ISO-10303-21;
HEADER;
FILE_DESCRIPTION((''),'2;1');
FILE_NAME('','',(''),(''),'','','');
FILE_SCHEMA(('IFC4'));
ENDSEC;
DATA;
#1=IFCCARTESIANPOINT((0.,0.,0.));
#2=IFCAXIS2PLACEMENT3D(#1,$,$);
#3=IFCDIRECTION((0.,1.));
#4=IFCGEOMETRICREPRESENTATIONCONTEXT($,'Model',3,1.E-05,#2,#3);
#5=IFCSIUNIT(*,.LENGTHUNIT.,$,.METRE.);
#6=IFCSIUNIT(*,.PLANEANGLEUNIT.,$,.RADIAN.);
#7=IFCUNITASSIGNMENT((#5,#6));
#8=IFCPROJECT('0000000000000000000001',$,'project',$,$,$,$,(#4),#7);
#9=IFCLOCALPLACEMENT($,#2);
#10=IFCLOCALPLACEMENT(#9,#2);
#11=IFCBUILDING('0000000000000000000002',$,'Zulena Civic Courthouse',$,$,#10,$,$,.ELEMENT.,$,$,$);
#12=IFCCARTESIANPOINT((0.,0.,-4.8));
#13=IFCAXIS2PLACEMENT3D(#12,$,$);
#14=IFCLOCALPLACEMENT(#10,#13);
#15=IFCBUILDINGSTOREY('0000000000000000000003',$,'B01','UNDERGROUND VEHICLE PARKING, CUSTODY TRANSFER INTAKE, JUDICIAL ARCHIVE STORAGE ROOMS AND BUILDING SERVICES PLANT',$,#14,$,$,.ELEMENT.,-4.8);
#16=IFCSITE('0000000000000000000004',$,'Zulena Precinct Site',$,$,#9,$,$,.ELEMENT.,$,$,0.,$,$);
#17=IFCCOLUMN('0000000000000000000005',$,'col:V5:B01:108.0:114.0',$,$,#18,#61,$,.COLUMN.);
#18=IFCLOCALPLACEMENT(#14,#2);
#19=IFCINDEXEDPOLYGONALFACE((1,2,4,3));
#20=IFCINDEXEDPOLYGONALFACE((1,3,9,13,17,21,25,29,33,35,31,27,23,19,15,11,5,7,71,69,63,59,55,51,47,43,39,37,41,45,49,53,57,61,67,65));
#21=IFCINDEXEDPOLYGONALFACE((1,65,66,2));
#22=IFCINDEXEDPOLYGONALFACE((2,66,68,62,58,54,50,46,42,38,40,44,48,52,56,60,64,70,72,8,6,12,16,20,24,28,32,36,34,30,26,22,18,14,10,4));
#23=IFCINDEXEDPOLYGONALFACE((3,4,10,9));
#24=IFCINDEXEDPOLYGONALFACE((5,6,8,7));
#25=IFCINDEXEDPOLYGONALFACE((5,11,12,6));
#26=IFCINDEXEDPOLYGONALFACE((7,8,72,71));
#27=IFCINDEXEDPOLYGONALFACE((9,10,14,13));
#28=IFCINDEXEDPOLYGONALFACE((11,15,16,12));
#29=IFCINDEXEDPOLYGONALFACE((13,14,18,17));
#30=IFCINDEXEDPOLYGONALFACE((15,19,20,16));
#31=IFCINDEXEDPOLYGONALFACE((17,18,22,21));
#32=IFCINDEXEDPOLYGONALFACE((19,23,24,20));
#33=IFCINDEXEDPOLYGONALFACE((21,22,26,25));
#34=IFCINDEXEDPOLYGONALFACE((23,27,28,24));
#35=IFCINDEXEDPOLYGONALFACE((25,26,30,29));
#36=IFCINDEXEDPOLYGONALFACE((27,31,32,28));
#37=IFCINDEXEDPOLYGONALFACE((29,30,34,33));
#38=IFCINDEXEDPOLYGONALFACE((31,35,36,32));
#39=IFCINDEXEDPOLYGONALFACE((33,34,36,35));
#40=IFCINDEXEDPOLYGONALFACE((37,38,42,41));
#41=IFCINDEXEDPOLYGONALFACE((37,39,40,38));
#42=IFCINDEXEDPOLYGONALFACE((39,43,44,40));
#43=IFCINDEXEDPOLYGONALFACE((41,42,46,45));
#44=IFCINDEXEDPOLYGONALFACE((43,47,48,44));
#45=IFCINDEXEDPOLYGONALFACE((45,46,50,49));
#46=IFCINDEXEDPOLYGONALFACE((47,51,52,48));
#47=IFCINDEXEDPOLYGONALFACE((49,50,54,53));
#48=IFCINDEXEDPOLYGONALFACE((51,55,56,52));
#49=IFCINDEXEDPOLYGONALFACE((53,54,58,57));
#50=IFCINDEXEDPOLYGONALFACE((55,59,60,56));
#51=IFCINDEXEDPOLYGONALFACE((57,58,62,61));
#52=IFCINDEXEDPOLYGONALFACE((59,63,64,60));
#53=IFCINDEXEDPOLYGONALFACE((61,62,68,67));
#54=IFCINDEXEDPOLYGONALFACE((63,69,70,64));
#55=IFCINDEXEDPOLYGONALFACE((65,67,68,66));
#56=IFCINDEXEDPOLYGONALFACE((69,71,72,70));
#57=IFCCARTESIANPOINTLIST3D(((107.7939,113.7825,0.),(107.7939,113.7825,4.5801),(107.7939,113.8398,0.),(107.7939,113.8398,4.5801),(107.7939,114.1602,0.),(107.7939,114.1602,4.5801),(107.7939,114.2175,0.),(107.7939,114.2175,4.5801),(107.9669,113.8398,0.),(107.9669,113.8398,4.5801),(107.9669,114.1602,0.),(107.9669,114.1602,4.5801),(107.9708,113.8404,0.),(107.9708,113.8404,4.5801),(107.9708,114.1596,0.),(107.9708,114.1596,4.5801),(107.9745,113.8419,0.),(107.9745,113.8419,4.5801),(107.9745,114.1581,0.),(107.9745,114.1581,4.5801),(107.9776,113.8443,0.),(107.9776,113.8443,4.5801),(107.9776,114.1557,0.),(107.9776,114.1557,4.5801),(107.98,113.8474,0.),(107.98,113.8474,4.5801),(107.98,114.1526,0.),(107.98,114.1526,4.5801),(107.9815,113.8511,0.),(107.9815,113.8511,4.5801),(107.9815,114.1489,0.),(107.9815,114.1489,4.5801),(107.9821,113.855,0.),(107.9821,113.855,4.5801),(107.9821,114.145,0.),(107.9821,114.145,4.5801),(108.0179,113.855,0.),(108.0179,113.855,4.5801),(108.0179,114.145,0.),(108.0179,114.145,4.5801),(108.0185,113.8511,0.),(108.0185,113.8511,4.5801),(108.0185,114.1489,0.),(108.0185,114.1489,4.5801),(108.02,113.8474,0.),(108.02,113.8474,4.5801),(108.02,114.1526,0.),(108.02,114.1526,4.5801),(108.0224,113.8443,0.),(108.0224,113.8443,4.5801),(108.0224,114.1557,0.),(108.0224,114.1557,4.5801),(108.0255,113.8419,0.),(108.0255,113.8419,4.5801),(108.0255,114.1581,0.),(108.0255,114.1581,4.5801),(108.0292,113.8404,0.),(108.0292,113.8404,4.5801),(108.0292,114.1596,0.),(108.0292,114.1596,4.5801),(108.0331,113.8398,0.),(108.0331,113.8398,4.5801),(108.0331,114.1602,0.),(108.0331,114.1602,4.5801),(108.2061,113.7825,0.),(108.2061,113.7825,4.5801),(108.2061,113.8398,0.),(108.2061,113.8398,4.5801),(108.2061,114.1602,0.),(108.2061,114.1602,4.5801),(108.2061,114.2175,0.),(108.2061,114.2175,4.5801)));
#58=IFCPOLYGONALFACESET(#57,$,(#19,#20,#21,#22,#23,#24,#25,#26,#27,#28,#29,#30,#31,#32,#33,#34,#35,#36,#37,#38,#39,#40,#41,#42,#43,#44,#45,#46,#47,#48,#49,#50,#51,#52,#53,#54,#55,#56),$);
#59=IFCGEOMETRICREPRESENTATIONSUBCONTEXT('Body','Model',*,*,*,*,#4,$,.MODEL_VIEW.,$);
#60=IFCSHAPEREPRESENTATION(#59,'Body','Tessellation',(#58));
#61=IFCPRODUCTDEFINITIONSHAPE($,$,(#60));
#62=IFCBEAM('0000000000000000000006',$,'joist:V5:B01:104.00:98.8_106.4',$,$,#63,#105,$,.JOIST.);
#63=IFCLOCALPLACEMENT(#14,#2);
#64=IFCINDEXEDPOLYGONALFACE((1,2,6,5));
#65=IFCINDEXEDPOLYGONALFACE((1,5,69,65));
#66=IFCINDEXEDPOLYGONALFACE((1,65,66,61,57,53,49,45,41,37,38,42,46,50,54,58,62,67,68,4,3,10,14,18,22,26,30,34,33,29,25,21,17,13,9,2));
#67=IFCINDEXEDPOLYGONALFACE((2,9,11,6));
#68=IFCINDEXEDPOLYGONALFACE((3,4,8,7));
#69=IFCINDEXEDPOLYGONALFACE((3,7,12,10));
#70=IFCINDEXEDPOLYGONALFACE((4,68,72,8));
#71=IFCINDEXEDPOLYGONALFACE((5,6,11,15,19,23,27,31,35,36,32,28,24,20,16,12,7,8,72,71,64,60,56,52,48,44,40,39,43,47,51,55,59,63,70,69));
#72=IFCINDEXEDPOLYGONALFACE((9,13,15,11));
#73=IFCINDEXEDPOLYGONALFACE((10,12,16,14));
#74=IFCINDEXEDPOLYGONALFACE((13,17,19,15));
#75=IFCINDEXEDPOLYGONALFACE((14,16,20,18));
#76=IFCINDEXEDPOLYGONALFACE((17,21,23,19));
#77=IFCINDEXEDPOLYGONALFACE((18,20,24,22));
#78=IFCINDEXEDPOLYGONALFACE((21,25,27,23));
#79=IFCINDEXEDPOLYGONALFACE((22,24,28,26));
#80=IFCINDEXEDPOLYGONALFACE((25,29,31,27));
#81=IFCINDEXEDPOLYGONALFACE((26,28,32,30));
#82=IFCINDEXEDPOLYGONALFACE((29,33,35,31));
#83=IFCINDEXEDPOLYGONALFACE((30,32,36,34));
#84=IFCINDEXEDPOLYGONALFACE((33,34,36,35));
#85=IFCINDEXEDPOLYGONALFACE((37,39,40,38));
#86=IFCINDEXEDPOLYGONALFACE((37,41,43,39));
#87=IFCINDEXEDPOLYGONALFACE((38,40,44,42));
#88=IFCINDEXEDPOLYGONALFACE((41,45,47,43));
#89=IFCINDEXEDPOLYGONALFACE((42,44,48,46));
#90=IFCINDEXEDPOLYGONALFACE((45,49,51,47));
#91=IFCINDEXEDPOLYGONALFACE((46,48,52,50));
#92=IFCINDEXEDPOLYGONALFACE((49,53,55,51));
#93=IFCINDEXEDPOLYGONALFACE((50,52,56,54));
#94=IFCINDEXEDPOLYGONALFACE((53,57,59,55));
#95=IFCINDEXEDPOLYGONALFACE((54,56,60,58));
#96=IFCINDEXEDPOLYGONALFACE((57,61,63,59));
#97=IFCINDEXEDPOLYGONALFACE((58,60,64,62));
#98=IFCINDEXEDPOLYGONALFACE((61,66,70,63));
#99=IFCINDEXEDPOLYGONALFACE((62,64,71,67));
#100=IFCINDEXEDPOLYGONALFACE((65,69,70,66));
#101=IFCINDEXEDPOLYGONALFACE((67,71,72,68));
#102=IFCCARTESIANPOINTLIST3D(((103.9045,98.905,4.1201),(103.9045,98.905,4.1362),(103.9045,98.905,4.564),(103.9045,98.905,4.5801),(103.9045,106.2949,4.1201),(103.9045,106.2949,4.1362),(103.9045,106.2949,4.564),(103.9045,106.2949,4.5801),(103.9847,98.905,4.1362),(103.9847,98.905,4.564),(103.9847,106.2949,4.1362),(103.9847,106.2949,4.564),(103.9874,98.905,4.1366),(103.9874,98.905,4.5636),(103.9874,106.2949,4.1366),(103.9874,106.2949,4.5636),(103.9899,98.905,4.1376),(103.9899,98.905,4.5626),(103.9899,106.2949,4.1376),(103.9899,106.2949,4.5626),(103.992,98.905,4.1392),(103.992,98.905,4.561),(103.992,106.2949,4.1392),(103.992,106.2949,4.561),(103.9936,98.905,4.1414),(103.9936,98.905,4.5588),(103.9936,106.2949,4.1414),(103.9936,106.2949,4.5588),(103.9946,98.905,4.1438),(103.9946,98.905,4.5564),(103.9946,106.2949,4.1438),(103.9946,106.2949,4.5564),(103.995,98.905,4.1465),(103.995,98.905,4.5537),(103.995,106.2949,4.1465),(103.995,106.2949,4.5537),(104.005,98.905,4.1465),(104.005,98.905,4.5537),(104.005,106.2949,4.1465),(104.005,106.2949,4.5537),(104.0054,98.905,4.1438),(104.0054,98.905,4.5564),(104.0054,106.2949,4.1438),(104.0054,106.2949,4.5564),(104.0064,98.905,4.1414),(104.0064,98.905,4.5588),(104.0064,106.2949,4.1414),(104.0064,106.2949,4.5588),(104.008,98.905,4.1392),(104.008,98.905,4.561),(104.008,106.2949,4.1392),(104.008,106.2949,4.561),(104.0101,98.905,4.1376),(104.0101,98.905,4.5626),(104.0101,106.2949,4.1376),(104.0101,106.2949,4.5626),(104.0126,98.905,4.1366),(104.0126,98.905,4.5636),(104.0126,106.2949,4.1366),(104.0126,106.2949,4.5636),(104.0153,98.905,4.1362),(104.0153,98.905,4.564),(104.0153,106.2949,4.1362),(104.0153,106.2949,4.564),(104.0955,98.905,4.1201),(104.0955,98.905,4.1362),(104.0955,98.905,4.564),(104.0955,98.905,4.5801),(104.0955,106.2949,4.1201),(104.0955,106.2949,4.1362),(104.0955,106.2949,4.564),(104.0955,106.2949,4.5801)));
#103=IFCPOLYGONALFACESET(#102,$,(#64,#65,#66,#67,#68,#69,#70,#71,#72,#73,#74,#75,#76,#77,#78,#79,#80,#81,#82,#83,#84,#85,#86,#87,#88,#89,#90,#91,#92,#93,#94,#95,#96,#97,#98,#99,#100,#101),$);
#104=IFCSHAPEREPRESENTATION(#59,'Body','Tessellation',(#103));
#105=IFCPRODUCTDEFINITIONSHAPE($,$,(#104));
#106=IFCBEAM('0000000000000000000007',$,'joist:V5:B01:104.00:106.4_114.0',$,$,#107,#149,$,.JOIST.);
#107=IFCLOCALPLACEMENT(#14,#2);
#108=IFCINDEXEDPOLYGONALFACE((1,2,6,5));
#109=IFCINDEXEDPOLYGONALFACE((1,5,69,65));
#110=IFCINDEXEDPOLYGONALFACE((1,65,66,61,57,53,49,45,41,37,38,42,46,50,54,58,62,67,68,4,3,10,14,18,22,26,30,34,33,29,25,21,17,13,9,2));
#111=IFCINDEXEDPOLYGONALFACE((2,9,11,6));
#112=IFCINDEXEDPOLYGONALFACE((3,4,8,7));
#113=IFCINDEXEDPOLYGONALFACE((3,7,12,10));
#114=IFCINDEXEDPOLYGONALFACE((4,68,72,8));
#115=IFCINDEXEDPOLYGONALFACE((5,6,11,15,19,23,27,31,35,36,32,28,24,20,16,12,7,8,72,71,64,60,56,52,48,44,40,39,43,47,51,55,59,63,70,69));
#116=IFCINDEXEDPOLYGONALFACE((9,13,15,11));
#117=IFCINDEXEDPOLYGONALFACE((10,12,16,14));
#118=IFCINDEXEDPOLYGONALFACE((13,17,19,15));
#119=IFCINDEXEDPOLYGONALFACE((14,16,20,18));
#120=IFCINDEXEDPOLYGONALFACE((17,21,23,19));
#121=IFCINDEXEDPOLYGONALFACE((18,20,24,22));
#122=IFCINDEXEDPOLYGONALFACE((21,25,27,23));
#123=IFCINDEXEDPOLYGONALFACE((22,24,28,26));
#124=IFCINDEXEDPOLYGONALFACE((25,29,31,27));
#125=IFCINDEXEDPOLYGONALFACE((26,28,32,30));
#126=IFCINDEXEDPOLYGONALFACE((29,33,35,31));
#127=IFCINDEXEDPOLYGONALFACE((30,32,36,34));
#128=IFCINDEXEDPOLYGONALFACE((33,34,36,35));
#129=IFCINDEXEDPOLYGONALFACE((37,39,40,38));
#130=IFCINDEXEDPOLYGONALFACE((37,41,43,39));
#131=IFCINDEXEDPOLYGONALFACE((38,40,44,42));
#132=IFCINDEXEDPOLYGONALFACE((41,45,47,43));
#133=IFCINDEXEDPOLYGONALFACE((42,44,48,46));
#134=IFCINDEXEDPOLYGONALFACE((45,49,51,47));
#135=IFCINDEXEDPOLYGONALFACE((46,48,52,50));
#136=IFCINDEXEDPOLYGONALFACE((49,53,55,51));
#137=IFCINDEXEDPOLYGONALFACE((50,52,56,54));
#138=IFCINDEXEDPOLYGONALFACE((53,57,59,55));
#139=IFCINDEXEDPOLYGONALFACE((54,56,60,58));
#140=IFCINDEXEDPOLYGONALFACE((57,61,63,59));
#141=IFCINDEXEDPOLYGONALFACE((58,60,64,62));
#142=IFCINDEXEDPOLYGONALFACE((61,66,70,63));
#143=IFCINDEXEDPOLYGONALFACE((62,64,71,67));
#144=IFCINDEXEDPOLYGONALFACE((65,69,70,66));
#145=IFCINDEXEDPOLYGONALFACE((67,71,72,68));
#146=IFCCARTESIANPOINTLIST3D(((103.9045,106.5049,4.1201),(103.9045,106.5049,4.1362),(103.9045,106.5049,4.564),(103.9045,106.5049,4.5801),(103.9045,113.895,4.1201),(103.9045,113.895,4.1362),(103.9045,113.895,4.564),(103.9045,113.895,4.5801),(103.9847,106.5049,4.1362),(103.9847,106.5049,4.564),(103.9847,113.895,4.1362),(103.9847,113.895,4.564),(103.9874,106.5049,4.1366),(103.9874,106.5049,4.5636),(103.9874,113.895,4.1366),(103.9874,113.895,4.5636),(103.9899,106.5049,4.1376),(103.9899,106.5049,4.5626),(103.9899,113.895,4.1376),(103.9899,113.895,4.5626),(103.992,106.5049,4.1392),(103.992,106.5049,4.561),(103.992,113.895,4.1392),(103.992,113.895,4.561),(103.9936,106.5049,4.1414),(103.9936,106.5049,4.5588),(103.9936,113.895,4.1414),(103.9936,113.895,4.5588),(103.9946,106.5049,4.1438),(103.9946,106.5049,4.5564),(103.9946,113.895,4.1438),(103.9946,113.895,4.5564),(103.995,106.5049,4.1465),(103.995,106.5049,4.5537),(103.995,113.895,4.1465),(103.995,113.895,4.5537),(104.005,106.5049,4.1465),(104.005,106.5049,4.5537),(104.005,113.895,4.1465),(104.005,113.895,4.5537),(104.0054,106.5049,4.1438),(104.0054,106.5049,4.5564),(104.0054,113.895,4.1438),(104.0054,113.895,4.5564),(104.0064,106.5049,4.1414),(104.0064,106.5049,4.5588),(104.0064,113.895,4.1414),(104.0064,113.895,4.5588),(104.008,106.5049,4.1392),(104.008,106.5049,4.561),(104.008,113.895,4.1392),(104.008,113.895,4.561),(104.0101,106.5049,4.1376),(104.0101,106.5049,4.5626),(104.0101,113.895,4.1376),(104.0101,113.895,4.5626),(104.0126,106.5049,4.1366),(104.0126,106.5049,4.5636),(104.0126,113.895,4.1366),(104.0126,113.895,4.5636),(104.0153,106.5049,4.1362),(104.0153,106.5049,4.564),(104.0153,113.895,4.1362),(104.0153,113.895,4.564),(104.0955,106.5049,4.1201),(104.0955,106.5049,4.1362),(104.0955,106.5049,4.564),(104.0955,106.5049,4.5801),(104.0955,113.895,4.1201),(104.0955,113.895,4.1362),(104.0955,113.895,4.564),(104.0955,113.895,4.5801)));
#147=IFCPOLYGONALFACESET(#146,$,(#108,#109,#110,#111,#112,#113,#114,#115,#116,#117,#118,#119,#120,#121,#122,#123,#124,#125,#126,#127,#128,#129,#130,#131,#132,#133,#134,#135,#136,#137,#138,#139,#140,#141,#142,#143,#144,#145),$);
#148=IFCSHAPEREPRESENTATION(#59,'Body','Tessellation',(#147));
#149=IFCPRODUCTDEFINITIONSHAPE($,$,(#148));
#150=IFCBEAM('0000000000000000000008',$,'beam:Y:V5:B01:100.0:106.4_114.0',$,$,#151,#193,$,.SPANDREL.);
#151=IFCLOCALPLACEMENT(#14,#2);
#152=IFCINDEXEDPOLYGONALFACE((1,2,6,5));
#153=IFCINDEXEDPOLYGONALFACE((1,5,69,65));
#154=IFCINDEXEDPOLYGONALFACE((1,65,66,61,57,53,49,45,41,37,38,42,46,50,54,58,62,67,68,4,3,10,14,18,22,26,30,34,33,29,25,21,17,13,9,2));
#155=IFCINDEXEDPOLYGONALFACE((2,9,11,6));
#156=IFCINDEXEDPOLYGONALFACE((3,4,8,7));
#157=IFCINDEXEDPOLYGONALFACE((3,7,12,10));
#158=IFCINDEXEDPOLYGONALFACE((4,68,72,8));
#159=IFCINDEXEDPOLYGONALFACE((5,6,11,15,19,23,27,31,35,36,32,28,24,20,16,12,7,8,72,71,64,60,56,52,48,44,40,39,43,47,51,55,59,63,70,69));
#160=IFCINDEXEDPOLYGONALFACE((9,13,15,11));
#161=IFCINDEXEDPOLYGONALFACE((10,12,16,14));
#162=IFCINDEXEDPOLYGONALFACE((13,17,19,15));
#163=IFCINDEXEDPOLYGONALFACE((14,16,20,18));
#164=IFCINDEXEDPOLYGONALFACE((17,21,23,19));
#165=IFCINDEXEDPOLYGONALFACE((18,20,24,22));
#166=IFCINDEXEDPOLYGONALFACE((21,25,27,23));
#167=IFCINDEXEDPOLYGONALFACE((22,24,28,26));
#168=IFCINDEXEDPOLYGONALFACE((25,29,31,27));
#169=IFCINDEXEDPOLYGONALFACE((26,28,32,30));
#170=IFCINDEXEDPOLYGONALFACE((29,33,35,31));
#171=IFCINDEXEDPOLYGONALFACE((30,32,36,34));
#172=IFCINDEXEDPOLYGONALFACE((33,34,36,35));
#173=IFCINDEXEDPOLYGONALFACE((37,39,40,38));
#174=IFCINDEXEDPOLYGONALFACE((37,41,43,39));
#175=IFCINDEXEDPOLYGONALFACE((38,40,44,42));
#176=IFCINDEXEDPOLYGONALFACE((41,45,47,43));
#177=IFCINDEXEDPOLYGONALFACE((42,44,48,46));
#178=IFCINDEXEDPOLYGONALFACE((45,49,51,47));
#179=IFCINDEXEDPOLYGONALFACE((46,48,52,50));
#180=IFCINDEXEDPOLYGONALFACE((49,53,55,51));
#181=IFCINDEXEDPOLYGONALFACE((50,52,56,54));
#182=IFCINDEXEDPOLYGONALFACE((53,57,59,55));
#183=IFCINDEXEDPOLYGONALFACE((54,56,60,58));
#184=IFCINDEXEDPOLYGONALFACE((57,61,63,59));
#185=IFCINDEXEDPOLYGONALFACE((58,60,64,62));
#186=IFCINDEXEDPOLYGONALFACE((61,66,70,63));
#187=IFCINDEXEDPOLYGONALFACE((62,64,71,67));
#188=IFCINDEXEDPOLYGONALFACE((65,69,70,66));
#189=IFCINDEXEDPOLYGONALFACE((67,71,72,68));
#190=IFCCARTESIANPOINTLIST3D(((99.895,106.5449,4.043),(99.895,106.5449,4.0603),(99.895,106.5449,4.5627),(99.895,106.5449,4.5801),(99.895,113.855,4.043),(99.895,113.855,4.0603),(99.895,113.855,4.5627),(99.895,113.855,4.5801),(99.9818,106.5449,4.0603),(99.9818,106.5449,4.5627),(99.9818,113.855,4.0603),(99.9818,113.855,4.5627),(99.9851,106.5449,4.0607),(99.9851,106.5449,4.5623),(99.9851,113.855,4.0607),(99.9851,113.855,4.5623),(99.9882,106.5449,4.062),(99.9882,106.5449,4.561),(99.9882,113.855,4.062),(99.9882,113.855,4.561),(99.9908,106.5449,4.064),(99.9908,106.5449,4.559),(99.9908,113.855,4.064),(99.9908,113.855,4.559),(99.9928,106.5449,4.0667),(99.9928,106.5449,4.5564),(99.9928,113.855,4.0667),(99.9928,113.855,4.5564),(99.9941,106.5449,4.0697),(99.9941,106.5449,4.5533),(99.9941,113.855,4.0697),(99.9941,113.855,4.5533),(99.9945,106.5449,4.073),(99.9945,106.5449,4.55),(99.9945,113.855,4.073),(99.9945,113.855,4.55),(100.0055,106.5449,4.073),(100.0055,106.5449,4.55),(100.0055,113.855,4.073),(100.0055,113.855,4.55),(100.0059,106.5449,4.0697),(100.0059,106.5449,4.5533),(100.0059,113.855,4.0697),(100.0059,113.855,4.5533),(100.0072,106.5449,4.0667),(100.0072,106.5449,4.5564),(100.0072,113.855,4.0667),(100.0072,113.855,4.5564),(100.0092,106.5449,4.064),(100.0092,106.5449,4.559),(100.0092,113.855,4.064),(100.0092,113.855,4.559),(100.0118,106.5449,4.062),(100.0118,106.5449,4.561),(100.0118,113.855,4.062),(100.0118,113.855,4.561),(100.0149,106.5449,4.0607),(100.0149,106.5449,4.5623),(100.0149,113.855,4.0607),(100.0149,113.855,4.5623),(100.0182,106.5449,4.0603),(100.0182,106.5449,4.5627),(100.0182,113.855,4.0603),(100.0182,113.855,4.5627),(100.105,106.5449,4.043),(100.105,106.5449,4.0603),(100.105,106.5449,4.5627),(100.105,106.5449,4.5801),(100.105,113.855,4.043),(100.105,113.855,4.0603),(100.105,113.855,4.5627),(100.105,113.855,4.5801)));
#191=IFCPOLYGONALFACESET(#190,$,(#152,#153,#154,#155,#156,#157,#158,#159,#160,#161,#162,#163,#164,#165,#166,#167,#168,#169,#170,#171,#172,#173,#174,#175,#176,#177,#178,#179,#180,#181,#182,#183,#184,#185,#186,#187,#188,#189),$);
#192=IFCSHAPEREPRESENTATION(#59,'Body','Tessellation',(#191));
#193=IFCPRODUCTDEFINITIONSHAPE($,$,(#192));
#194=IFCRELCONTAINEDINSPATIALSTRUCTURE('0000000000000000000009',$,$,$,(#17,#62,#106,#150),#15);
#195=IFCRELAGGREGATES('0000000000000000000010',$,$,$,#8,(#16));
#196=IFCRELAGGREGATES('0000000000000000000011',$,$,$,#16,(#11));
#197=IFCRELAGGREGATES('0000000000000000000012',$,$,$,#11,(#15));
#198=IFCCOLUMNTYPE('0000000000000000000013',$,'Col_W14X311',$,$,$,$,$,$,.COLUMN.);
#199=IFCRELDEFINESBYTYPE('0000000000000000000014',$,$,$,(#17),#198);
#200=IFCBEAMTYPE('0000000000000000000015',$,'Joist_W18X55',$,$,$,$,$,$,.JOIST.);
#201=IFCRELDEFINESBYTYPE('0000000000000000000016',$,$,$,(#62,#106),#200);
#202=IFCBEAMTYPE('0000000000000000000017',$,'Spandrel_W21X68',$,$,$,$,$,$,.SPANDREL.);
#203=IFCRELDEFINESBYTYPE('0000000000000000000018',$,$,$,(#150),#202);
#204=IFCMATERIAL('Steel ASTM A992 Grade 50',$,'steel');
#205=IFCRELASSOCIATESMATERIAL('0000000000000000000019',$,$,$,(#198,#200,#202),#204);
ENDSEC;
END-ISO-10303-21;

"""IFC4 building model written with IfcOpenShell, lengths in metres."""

from ifc_helpers import new_model, si_unit, direction, frame, origin, origin_2d, place, context, subcontext, project, spatial, i_section, extrude, material, material_profile, profile_set, type_object, element, save


model = new_model("IFC4")

# Units and contexts
model_context = context("Model", 3, precision=1e-05, world=origin(), true_north=direction((0.0, 1.0)))
body_context = subcontext(model_context, "Body", "Model", "MODEL_VIEW")
ifc_project = project(units=[si_unit("LENGTHUNIT", "METRE"), si_unit("PLANEANGLEUNIT", "RADIAN")], contexts=[model_context])

# Site, building, storey
site_placement = place(None, origin())
site = spatial("IfcSite", under=ifc_project, at=site_placement, Name="Zulena Precinct Site", CompositionType="ELEMENT", RefElevation=0.0)
building_placement = place(site_placement, origin())
building = spatial("IfcBuilding", under=site, at=building_placement, Name="Zulena Civic Courthouse", CompositionType="ELEMENT")
storey_placement = place(building_placement, frame((0.0, 0.0, -4.8)))
storey = spatial("IfcBuildingStorey", under=building, at=storey_placement, Name="B01", Description="UNDERGROUND VEHICLE PARKING, CUSTODY TRANSFER INTAKE, JUDICIAL ARCHIVE STORAGE ROOMS AND BUILDING SERVICES PLANT", CompositionType="ELEMENT", Elevation=-4.8)

# Column
ifc_material_1 = material(Name="Steel ASTM A992 Grade 50", Category="steel")
ifc_material_profile_1 = material_profile(ifc_material_1, i_section(OverallWidth=0.4121, OverallDepth=0.4351, WebThickness=0.0359, FlangeThickness=0.0574, FilletRadius=0.0151, at=origin_2d()), Name="W14X311")
ifc_profile_set_1 = profile_set([ifc_material_profile_1], Name="Steel ASTM A992 Grade 50")
column_type_1 = type_object("IfcColumnType", Name="Col_W14X311", PredefinedType="COLUMN", material=ifc_profile_set_1)
for number, where, z_axis, x_axis, name in (
    (1, (108.0, 114.0, 0.0), (0.0, 0.0, 1.0), (1.0, 0.0, 0.0), "col:V5:B01:108.0:114.0"),
):
    element("IfcColumn", number, at=place(storey_placement, frame(where, z_axis=z_axis, x_axis=x_axis)), inside=storey, type_object=column_type_1, Name=name, PredefinedType="COLUMN", context=body_context, shape_type="SweptSolid", body=[
        extrude(i_section(OverallWidth=0.4121, OverallDepth=0.4351, WebThickness=0.0359, FlangeThickness=0.0574, FilletRadius=0.0151, at=origin_2d()), origin(), (0.0, 0.0, 1.0), 4.5801),
    ])

# Beams
ifc_material_profile_2 = material_profile(ifc_material_1, i_section(OverallWidth=0.1909, OverallDepth=0.46, WebThickness=0.01, FlangeThickness=0.0161, FilletRadius=0.0103, at=origin_2d()), Name="W18X55")
ifc_profile_set_2 = profile_set([ifc_material_profile_2], Name="Steel ASTM A992 Grade 50")
beam_type_1 = type_object("IfcBeamType", Name="Joist_W18X55", PredefinedType="JOIST", material=ifc_profile_set_2)
beam_1_placement = place(storey_placement, frame((104.0, 98.905, 4.3501), z_axis=(0.0, 1.0, 0.0), x_axis=(-1.0, 0.0, 0.0)))
element("IfcBeam", 2, at=beam_1_placement, inside=storey, type_object=beam_type_1, Name="joist:V5:B01:104.00:98.8_106.4", PredefinedType="JOIST", context=body_context, shape_type="SweptSolid", body=[
    extrude(i_section(OverallWidth=0.1909, OverallDepth=0.46, WebThickness=0.01, FlangeThickness=0.0161, FilletRadius=0.0103, at=origin_2d()), origin(), (0.0, 0.0, 1.0), 7.3899),
])
beam_2_placement = place(storey_placement, frame((104.0, 106.5049, 4.3501), z_axis=(0.0, 1.0, 0.0), x_axis=(-1.0, 0.0, 0.0)))
element("IfcBeam", 3, at=beam_2_placement, inside=storey, type_object=beam_type_1, Name="joist:V5:B01:104.00:106.4_114.0", PredefinedType="JOIST", context=body_context, shape_type="SweptSolid", body=[
    extrude(i_section(OverallWidth=0.1909, OverallDepth=0.46, WebThickness=0.01, FlangeThickness=0.0161, FilletRadius=0.0103, at=origin_2d()), origin(), (0.0, 0.0, 1.0), 7.3901),
])
ifc_material_profile_3 = material_profile(ifc_material_1, i_section(OverallWidth=0.21, OverallDepth=0.5371, WebThickness=0.011, FlangeThickness=0.0173, FilletRadius=0.0127, at=origin_2d()), Name="W21X68")
ifc_profile_set_3 = profile_set([ifc_material_profile_3], Name="Steel ASTM A992 Grade 50")
beam_type_2 = type_object("IfcBeamType", Name="Spandrel_W21X68", PredefinedType="SPANDREL", material=ifc_profile_set_3)
beam_3_placement = place(storey_placement, frame((100.0, 106.5449, 4.3115), z_axis=(0.0, 1.0, 0.0), x_axis=(-1.0, 0.0, 0.0)))
element("IfcBeam", 4, at=beam_3_placement, inside=storey, type_object=beam_type_2, Name="beam:Y:V5:B01:100.0:106.4_114.0", PredefinedType="SPANDREL", context=body_context, shape_type="SweptSolid", body=[
    extrude(i_section(OverallWidth=0.21, OverallDepth=0.5371, WebThickness=0.011, FlangeThickness=0.0173, FilletRadius=0.0127, at=origin_2d()), origin(), (0.0, 0.0, 1.0), 7.3101),
])

save(model, "model.ifc")
